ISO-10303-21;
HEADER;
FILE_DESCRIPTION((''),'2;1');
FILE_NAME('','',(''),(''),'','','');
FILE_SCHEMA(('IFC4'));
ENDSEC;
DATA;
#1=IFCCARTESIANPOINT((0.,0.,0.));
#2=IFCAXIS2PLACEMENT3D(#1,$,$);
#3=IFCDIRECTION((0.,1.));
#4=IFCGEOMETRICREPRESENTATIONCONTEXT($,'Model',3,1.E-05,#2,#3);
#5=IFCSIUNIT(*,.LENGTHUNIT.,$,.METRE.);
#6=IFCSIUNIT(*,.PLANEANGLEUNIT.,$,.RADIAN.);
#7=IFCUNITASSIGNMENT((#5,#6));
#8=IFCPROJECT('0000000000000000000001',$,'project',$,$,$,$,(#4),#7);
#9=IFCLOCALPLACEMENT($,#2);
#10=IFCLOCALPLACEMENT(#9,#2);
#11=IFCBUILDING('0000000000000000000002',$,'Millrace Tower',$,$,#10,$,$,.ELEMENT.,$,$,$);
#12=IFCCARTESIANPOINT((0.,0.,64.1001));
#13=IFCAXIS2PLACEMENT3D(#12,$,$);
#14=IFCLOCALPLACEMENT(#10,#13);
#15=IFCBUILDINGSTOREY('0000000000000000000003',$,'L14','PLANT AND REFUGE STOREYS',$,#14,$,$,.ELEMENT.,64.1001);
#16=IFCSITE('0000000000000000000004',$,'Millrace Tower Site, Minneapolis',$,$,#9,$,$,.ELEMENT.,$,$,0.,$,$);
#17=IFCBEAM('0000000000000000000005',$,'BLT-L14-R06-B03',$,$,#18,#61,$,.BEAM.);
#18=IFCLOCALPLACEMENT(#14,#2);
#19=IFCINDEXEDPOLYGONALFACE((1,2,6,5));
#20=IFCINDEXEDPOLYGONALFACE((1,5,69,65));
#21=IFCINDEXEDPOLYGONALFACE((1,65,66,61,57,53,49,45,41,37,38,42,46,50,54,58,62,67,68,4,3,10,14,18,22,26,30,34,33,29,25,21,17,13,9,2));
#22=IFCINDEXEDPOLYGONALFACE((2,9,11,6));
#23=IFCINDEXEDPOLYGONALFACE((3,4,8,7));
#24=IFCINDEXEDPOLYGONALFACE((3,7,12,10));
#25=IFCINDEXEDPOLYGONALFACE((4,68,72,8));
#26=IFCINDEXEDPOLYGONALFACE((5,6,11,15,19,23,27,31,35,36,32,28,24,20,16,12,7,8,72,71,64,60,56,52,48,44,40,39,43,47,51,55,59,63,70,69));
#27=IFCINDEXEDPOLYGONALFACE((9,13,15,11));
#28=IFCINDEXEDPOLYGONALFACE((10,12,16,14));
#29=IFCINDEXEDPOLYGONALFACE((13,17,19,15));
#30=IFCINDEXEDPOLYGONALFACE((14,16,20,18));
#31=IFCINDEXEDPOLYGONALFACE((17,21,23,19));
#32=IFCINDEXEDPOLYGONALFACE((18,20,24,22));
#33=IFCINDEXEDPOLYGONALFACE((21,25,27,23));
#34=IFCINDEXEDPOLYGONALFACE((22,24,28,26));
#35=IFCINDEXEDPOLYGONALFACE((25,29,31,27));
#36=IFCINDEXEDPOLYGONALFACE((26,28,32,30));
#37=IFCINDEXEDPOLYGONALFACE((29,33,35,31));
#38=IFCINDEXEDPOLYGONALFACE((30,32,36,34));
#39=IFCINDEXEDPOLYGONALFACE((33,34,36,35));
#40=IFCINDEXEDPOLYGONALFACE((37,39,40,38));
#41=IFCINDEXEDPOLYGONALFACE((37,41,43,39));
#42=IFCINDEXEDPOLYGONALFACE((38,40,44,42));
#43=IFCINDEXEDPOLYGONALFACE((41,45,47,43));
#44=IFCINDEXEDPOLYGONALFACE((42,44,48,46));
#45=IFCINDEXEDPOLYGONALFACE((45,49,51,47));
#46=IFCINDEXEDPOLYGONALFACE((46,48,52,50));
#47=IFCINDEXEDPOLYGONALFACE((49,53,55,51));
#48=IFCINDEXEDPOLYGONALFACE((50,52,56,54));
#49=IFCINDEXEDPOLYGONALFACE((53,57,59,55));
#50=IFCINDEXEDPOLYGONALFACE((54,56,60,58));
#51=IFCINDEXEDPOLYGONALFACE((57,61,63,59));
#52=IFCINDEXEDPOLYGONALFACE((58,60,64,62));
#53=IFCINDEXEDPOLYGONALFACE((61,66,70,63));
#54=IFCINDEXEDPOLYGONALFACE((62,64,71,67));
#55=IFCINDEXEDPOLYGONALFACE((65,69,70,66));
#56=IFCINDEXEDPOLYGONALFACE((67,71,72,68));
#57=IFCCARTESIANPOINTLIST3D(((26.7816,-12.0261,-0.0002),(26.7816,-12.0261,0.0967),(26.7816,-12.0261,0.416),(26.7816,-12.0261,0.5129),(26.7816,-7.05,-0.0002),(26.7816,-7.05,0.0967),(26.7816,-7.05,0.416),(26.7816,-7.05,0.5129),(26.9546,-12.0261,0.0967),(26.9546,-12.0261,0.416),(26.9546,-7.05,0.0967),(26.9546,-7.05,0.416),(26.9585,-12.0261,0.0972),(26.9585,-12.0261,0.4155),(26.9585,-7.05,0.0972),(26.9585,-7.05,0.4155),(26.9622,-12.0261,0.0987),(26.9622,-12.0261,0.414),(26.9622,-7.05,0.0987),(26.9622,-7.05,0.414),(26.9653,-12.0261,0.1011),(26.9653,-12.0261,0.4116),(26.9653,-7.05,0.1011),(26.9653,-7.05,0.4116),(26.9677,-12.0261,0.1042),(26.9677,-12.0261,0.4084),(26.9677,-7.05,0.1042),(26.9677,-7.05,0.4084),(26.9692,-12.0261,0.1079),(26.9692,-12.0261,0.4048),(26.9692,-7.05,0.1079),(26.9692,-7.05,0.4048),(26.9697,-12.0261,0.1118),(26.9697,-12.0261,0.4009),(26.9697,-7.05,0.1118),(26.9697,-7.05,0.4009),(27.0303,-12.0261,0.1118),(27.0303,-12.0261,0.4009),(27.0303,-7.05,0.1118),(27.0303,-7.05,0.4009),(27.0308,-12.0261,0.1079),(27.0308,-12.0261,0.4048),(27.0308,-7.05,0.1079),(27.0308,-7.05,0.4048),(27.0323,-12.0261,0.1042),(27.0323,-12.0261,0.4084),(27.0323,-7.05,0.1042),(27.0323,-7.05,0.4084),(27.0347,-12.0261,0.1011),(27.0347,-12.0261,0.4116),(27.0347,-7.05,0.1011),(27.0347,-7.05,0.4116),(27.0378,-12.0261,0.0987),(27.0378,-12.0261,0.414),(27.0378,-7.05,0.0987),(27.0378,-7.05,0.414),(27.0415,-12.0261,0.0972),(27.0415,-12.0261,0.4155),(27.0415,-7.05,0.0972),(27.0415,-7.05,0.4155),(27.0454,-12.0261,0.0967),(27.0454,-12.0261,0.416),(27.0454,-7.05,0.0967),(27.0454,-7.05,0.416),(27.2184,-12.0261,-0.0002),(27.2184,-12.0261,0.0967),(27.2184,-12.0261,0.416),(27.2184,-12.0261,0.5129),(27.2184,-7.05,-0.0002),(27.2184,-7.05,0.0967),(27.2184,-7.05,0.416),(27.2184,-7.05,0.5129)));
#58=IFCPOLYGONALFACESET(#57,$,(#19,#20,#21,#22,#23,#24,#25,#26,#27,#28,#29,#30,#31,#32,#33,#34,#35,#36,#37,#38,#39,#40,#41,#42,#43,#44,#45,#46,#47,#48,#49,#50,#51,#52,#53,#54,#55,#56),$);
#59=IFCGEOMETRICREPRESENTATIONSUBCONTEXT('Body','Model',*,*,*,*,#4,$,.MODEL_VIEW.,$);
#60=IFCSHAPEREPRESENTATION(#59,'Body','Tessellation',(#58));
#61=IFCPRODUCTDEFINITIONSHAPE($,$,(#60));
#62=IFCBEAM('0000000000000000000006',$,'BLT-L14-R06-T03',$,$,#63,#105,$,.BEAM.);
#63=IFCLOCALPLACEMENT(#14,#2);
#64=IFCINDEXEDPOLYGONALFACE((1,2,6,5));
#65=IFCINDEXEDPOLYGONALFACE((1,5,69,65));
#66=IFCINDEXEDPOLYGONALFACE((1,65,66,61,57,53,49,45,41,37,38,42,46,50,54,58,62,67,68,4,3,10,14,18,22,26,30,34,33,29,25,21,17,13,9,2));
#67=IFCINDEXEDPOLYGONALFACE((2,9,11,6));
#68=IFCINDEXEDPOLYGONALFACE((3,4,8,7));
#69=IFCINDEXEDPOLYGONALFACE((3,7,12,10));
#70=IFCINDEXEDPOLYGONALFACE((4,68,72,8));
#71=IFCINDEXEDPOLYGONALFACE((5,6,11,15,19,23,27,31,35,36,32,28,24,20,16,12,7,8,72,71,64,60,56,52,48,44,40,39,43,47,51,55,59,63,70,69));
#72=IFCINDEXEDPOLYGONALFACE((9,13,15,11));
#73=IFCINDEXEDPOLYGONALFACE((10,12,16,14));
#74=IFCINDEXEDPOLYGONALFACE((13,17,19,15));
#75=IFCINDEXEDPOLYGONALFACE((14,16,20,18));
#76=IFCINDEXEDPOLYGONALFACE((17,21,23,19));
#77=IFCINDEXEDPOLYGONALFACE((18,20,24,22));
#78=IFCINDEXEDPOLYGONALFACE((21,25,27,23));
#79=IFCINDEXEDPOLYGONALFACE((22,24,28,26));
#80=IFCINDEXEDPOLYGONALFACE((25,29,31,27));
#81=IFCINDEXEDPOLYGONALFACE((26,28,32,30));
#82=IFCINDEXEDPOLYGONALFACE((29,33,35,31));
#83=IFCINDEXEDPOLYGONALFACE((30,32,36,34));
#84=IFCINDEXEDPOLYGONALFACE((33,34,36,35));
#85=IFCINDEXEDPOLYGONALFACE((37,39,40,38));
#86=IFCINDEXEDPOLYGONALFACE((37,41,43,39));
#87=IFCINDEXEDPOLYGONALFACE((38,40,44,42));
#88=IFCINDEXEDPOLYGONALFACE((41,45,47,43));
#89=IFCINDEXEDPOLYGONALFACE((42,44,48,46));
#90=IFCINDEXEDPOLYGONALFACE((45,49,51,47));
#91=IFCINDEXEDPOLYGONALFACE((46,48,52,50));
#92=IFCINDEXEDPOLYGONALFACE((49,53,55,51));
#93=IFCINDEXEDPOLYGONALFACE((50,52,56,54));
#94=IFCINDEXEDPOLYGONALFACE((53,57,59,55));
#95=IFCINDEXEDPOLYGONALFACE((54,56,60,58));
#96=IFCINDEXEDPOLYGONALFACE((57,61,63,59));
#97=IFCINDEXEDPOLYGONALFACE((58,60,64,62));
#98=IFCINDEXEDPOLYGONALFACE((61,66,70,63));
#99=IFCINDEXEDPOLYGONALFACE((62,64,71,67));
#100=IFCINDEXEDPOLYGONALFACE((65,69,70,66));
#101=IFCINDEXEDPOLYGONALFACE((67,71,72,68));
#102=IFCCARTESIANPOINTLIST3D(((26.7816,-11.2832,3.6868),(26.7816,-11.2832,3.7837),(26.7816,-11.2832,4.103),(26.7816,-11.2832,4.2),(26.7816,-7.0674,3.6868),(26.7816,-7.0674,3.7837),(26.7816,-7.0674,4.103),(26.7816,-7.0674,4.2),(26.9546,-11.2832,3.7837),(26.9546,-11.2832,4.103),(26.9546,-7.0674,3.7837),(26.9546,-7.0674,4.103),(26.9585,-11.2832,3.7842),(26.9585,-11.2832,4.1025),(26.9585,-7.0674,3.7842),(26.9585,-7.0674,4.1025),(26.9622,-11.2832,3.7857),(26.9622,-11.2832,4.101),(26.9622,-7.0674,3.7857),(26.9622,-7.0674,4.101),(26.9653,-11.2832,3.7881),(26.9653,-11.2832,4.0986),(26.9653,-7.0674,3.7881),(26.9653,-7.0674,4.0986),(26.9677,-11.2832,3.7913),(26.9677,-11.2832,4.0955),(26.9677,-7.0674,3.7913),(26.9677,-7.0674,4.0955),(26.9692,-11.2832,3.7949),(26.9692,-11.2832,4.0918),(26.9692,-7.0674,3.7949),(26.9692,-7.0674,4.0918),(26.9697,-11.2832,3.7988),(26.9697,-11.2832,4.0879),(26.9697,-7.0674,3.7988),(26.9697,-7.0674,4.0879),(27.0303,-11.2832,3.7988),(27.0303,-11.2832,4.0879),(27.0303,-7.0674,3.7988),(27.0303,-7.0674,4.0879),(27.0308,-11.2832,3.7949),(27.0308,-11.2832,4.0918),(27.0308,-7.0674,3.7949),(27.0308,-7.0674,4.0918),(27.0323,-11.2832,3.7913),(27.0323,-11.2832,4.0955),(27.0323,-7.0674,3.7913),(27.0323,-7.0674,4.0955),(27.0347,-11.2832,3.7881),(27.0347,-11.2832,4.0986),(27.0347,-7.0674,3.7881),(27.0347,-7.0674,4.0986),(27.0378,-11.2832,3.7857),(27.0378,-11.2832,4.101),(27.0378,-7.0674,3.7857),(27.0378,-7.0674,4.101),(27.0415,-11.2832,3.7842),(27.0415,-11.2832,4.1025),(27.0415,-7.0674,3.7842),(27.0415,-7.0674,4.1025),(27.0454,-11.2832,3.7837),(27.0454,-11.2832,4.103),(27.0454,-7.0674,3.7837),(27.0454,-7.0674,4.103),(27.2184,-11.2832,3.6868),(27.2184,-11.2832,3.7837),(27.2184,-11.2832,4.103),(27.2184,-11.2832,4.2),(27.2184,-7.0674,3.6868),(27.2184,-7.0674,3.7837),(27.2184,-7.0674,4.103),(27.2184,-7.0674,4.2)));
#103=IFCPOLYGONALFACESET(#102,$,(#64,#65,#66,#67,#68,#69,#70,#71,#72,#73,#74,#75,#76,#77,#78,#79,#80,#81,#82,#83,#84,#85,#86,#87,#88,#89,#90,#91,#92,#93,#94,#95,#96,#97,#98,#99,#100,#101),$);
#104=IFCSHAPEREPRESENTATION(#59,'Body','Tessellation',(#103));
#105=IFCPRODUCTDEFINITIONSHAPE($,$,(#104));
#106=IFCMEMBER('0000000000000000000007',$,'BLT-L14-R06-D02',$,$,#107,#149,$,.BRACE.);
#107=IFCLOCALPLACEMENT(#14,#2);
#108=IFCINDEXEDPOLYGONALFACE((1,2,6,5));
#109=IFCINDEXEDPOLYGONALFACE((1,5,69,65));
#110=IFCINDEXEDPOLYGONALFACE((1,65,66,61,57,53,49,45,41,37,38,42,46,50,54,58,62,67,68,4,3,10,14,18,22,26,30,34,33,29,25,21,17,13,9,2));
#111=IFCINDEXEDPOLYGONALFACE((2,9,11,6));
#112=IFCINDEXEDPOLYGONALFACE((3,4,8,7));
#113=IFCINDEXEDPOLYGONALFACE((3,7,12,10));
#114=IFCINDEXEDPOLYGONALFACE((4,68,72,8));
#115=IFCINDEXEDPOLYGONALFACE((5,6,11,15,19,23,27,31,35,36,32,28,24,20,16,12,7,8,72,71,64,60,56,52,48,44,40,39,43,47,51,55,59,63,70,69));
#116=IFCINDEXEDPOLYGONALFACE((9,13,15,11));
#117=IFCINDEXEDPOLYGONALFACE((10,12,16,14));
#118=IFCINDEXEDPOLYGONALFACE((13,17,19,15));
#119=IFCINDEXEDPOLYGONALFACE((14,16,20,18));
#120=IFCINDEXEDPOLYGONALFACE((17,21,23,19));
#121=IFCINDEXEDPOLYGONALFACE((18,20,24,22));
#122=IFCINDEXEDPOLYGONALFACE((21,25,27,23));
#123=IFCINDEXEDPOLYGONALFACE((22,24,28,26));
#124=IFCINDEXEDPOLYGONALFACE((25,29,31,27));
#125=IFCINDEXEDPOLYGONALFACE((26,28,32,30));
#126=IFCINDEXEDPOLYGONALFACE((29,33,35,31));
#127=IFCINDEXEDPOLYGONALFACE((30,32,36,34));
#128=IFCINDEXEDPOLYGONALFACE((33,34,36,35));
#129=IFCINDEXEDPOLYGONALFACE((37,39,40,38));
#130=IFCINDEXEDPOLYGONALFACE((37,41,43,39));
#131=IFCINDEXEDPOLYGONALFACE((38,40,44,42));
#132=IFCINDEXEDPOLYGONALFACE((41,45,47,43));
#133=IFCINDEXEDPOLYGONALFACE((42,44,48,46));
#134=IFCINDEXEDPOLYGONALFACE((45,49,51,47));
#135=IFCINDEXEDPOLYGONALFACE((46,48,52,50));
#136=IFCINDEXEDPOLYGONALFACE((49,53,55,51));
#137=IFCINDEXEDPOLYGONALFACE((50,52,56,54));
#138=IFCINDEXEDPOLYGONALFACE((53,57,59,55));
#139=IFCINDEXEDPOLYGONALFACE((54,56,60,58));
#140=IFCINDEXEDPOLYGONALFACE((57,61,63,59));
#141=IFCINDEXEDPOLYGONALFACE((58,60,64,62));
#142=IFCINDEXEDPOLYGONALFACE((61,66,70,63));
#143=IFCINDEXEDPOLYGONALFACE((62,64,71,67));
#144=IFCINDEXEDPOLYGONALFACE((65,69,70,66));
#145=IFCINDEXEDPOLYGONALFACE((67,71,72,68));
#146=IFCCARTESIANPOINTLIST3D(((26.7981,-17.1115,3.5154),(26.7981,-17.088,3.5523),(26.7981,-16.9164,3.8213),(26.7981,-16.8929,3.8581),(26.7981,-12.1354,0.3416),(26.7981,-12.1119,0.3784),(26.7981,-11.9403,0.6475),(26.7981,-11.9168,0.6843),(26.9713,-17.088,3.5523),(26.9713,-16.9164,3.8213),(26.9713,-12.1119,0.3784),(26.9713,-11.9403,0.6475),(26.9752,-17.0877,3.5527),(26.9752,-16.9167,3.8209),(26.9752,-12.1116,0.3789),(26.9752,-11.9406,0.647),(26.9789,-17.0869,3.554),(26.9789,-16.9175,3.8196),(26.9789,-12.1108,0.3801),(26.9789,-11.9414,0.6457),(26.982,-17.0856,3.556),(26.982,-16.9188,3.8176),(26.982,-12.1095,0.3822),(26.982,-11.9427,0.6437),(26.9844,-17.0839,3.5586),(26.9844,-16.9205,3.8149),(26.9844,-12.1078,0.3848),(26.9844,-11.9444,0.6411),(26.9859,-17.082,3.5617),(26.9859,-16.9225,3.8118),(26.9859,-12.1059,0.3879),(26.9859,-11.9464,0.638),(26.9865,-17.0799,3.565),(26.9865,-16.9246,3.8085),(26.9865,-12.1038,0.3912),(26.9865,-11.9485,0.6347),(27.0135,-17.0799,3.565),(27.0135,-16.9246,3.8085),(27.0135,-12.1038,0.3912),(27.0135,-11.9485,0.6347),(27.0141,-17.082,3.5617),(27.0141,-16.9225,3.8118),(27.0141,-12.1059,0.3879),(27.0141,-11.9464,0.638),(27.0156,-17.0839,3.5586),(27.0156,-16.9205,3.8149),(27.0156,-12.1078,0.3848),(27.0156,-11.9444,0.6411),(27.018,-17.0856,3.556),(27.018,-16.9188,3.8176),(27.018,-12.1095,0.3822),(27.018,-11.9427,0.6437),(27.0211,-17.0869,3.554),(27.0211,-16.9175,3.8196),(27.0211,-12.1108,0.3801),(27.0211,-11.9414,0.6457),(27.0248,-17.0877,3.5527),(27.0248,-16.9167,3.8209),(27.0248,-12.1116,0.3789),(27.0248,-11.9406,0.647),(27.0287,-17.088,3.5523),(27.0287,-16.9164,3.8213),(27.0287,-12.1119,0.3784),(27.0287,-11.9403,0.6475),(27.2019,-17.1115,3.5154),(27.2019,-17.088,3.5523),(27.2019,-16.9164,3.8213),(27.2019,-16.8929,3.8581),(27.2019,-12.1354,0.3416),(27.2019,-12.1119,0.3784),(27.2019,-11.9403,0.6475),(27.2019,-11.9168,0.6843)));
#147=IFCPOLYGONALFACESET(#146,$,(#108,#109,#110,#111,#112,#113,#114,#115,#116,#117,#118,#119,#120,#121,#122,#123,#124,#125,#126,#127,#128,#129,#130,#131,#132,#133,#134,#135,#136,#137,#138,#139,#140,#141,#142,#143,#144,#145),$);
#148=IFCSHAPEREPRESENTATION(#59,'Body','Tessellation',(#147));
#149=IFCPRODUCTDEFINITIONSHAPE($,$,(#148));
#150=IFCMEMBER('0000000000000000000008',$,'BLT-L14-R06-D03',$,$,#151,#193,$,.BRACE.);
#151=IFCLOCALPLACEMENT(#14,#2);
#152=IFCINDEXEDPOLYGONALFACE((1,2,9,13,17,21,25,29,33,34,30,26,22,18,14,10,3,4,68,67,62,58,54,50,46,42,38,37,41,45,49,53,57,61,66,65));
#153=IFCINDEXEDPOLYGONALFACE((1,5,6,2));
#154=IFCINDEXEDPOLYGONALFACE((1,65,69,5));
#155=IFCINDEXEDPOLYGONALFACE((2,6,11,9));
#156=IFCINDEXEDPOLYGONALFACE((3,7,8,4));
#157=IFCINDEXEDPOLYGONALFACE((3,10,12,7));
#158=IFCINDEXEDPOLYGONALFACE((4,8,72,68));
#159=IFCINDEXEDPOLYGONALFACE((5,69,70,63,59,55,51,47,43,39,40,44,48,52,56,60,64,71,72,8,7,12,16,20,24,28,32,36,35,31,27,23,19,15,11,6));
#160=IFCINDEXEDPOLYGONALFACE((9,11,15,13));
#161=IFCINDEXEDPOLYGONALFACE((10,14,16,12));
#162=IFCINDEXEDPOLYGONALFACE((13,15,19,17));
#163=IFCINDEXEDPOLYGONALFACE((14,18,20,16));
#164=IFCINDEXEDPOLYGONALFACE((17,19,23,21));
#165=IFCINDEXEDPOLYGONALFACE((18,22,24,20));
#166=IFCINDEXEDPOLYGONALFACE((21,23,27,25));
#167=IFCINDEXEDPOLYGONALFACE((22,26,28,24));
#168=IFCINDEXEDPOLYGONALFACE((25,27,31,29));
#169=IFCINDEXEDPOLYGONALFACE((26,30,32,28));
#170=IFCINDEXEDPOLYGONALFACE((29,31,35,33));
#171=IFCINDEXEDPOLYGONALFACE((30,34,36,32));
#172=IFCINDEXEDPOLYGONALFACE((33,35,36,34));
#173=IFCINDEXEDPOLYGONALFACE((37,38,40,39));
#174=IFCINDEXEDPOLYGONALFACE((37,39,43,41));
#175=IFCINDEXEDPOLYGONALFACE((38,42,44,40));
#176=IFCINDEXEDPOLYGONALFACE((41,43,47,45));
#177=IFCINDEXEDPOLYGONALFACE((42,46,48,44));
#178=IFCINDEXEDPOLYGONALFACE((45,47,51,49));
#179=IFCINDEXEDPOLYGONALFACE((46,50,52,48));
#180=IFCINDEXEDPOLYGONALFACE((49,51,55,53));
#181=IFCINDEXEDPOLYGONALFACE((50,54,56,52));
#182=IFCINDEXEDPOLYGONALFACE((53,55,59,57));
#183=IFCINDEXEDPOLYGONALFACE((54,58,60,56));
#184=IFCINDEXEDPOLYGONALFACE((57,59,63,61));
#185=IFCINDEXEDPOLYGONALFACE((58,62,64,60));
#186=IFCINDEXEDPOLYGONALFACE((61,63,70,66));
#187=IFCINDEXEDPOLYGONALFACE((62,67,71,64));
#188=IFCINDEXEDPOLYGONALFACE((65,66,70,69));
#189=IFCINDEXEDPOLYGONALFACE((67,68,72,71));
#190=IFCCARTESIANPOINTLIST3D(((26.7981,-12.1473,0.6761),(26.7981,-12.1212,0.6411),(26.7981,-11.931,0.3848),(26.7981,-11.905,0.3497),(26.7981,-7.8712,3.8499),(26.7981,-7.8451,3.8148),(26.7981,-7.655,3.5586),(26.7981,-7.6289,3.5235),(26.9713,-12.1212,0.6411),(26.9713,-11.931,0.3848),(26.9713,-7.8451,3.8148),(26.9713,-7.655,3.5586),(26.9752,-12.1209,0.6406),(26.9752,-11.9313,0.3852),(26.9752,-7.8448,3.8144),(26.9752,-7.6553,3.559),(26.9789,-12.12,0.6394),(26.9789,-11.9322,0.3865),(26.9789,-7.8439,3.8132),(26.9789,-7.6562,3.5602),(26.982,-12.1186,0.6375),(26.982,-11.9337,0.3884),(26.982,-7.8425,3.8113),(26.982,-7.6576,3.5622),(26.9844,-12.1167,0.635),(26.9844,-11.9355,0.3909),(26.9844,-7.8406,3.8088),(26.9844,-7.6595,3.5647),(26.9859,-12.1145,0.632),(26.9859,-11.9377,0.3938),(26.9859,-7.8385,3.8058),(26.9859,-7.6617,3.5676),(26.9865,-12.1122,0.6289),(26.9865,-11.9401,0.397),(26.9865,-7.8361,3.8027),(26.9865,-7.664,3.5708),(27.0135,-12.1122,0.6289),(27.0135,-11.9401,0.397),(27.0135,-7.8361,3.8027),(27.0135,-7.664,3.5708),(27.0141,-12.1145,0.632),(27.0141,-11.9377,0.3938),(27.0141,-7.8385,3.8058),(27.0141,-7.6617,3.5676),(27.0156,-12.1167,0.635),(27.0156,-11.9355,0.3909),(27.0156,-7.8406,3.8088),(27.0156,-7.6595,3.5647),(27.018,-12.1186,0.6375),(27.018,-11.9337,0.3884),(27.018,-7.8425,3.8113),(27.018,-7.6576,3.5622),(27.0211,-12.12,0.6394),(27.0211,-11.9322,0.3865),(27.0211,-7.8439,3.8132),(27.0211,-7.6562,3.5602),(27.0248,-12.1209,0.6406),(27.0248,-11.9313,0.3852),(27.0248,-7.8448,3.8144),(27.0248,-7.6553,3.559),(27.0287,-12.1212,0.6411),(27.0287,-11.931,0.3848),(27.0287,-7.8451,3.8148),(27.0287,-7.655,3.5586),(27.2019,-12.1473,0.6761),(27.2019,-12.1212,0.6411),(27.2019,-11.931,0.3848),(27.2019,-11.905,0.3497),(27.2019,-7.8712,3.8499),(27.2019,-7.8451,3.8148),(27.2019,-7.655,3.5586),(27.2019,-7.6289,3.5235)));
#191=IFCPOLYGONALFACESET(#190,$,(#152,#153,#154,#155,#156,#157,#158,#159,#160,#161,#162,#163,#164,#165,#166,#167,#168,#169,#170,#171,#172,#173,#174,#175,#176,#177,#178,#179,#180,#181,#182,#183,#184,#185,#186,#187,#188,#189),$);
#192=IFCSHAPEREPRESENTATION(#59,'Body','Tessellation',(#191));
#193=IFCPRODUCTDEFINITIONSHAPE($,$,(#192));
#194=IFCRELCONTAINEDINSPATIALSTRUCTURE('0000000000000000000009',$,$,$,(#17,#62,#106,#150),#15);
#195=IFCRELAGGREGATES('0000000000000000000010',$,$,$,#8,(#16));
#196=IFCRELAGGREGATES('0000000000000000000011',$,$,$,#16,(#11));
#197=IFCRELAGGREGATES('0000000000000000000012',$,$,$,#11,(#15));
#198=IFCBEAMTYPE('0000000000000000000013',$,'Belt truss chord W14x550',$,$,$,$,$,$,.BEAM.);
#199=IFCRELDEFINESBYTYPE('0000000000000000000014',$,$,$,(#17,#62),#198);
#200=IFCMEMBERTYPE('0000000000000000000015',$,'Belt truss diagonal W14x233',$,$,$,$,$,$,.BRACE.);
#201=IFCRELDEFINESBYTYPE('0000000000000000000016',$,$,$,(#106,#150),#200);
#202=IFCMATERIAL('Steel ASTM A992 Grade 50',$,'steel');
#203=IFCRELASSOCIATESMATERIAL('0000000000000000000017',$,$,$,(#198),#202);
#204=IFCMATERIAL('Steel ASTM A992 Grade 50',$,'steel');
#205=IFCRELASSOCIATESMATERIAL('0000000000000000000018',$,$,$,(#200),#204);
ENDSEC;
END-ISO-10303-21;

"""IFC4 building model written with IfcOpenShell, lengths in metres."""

from ifc_helpers import new_model, si_unit, direction, frame, origin, origin_2d, place, context, subcontext, project, spatial, i_section, extrude, material, material_profile, profile_set, type_object, element, save


model = new_model("IFC4")

# Units and contexts
model_context = context("Model", 3, precision=1e-05, world=origin(), true_north=direction((0.0, 1.0)))
body_context = subcontext(model_context, "Body", "Model", "MODEL_VIEW")
ifc_project = project(units=[si_unit("LENGTHUNIT", "METRE"), si_unit("PLANEANGLEUNIT", "RADIAN")], contexts=[model_context])

# Site, building, storey
site_placement = place(None, origin())
site = spatial("IfcSite", under=ifc_project, at=site_placement, Name="Millrace Tower Site, Minneapolis", CompositionType="ELEMENT", RefElevation=0.0)
building_placement = place(site_placement, origin())
building = spatial("IfcBuilding", under=site, at=building_placement, Name="Millrace Tower", CompositionType="ELEMENT")
storey_placement = place(building_placement, frame((0.0, 0.0, 64.1001)))
storey = spatial("IfcBuildingStorey", under=building, at=storey_placement, Name="L14", Description="PLANT AND REFUGE STOREYS", CompositionType="ELEMENT", Elevation=64.1001)

# Beams
ifc_material_1 = material(Name="Steel ASTM A992 Grade 50", Category="steel")
ifc_material_profile_1 = material_profile(ifc_material_1, i_section(OverallWidth=0.4368, OverallDepth=0.5132, WebThickness=0.0605, FlangeThickness=0.0969, FilletRadius=0.0151, at=origin_2d()))
ifc_profile_set_1 = profile_set([ifc_material_profile_1], Name="Steel ASTM A992 Grade 50")
beam_type_1 = type_object("IfcBeamType", Name="Belt truss chord W14x550", PredefinedType="BEAM", material=ifc_profile_set_1)
beam_1_placement = place(storey_placement, frame((27.0, -12.0261, 0.2563), z_axis=(0.0, 1.0, 0.0), x_axis=(-1.0, 0.0, 0.0)))
element("IfcBeam", 1, at=beam_1_placement, inside=storey, type_object=beam_type_1, Name="BLT-L14-R06-B03", PredefinedType="BEAM", context=body_context, shape_type="SweptSolid", body=[
    extrude(i_section(OverallWidth=0.4368, OverallDepth=0.5132, WebThickness=0.0605, FlangeThickness=0.0969, FilletRadius=0.0151, at=origin_2d()), origin(), (0.0, 0.0, 1.0), 4.9761),
])
beam_2_placement = place(storey_placement, frame((27.0, -11.2832, 3.9434), z_axis=(0.0, 1.0, 0.0), x_axis=(-1.0, 0.0, 0.0)))
element("IfcBeam", 2, at=beam_2_placement, inside=storey, type_object=beam_type_1, Name="BLT-L14-R06-T03", PredefinedType="BEAM", context=body_context, shape_type="SweptSolid", body=[
    extrude(i_section(OverallWidth=0.4368, OverallDepth=0.5132, WebThickness=0.0605, FlangeThickness=0.0969, FilletRadius=0.0151, at=origin_2d()), origin(), (0.0, 0.0, 1.0), 4.2158),
])

# Members
ifc_material_2 = material(Name="Steel ASTM A992 Grade 50", Category="steel")
ifc_material_profile_2 = material_profile(ifc_material_2, i_section(OverallWidth=0.4038, OverallDepth=0.4065, WebThickness=0.0271, FlangeThickness=0.0437, FilletRadius=0.0151, at=origin_2d()))
ifc_profile_set_2 = profile_set([ifc_material_profile_2], Name="Steel ASTM A992 Grade 50")
member_type_1 = type_object("IfcMemberType", Name="Belt truss diagonal W14x233", PredefinedType="BRACE", material=ifc_profile_set_2)
member_1_placement = place(storey_placement, frame((27.0, -12.0261, 0.5129), z_axis=(0.0, -0.843106, 0.537748), x_axis=(1.0, 0.0, 0.0)))
element("IfcMember", 3, at=member_1_placement, inside=storey, type_object=member_type_1, Name="BLT-L14-R06-D02", PredefinedType="BRACE", context=body_context, shape_type="SweptSolid", body=[
    extrude(i_section(OverallWidth=0.4038, OverallDepth=0.4065, WebThickness=0.0271, FlangeThickness=0.0437, FilletRadius=0.0151, at=origin_2d()), origin(), (0.0, 0.0, 1.0), 5.9021),
])
member_2_placement = place(storey_placement, frame((27.0, -12.0261, 0.5129), z_axis=(0.0, 0.802988, 0.595995), x_axis=(-1.0, 0.0, 0.0)))
element("IfcMember", 4, at=member_2_placement, inside=storey, type_object=member_type_1, Name="BLT-L14-R06-D03", PredefinedType="BRACE", context=body_context, shape_type="SweptSolid", body=[
    extrude(i_section(OverallWidth=0.4038, OverallDepth=0.4065, WebThickness=0.0271, FlangeThickness=0.0437, FilletRadius=0.0151, at=origin_2d()), origin(), (0.0, 0.0, 1.0), 5.3252),
])

save(model, "model.ifc")
